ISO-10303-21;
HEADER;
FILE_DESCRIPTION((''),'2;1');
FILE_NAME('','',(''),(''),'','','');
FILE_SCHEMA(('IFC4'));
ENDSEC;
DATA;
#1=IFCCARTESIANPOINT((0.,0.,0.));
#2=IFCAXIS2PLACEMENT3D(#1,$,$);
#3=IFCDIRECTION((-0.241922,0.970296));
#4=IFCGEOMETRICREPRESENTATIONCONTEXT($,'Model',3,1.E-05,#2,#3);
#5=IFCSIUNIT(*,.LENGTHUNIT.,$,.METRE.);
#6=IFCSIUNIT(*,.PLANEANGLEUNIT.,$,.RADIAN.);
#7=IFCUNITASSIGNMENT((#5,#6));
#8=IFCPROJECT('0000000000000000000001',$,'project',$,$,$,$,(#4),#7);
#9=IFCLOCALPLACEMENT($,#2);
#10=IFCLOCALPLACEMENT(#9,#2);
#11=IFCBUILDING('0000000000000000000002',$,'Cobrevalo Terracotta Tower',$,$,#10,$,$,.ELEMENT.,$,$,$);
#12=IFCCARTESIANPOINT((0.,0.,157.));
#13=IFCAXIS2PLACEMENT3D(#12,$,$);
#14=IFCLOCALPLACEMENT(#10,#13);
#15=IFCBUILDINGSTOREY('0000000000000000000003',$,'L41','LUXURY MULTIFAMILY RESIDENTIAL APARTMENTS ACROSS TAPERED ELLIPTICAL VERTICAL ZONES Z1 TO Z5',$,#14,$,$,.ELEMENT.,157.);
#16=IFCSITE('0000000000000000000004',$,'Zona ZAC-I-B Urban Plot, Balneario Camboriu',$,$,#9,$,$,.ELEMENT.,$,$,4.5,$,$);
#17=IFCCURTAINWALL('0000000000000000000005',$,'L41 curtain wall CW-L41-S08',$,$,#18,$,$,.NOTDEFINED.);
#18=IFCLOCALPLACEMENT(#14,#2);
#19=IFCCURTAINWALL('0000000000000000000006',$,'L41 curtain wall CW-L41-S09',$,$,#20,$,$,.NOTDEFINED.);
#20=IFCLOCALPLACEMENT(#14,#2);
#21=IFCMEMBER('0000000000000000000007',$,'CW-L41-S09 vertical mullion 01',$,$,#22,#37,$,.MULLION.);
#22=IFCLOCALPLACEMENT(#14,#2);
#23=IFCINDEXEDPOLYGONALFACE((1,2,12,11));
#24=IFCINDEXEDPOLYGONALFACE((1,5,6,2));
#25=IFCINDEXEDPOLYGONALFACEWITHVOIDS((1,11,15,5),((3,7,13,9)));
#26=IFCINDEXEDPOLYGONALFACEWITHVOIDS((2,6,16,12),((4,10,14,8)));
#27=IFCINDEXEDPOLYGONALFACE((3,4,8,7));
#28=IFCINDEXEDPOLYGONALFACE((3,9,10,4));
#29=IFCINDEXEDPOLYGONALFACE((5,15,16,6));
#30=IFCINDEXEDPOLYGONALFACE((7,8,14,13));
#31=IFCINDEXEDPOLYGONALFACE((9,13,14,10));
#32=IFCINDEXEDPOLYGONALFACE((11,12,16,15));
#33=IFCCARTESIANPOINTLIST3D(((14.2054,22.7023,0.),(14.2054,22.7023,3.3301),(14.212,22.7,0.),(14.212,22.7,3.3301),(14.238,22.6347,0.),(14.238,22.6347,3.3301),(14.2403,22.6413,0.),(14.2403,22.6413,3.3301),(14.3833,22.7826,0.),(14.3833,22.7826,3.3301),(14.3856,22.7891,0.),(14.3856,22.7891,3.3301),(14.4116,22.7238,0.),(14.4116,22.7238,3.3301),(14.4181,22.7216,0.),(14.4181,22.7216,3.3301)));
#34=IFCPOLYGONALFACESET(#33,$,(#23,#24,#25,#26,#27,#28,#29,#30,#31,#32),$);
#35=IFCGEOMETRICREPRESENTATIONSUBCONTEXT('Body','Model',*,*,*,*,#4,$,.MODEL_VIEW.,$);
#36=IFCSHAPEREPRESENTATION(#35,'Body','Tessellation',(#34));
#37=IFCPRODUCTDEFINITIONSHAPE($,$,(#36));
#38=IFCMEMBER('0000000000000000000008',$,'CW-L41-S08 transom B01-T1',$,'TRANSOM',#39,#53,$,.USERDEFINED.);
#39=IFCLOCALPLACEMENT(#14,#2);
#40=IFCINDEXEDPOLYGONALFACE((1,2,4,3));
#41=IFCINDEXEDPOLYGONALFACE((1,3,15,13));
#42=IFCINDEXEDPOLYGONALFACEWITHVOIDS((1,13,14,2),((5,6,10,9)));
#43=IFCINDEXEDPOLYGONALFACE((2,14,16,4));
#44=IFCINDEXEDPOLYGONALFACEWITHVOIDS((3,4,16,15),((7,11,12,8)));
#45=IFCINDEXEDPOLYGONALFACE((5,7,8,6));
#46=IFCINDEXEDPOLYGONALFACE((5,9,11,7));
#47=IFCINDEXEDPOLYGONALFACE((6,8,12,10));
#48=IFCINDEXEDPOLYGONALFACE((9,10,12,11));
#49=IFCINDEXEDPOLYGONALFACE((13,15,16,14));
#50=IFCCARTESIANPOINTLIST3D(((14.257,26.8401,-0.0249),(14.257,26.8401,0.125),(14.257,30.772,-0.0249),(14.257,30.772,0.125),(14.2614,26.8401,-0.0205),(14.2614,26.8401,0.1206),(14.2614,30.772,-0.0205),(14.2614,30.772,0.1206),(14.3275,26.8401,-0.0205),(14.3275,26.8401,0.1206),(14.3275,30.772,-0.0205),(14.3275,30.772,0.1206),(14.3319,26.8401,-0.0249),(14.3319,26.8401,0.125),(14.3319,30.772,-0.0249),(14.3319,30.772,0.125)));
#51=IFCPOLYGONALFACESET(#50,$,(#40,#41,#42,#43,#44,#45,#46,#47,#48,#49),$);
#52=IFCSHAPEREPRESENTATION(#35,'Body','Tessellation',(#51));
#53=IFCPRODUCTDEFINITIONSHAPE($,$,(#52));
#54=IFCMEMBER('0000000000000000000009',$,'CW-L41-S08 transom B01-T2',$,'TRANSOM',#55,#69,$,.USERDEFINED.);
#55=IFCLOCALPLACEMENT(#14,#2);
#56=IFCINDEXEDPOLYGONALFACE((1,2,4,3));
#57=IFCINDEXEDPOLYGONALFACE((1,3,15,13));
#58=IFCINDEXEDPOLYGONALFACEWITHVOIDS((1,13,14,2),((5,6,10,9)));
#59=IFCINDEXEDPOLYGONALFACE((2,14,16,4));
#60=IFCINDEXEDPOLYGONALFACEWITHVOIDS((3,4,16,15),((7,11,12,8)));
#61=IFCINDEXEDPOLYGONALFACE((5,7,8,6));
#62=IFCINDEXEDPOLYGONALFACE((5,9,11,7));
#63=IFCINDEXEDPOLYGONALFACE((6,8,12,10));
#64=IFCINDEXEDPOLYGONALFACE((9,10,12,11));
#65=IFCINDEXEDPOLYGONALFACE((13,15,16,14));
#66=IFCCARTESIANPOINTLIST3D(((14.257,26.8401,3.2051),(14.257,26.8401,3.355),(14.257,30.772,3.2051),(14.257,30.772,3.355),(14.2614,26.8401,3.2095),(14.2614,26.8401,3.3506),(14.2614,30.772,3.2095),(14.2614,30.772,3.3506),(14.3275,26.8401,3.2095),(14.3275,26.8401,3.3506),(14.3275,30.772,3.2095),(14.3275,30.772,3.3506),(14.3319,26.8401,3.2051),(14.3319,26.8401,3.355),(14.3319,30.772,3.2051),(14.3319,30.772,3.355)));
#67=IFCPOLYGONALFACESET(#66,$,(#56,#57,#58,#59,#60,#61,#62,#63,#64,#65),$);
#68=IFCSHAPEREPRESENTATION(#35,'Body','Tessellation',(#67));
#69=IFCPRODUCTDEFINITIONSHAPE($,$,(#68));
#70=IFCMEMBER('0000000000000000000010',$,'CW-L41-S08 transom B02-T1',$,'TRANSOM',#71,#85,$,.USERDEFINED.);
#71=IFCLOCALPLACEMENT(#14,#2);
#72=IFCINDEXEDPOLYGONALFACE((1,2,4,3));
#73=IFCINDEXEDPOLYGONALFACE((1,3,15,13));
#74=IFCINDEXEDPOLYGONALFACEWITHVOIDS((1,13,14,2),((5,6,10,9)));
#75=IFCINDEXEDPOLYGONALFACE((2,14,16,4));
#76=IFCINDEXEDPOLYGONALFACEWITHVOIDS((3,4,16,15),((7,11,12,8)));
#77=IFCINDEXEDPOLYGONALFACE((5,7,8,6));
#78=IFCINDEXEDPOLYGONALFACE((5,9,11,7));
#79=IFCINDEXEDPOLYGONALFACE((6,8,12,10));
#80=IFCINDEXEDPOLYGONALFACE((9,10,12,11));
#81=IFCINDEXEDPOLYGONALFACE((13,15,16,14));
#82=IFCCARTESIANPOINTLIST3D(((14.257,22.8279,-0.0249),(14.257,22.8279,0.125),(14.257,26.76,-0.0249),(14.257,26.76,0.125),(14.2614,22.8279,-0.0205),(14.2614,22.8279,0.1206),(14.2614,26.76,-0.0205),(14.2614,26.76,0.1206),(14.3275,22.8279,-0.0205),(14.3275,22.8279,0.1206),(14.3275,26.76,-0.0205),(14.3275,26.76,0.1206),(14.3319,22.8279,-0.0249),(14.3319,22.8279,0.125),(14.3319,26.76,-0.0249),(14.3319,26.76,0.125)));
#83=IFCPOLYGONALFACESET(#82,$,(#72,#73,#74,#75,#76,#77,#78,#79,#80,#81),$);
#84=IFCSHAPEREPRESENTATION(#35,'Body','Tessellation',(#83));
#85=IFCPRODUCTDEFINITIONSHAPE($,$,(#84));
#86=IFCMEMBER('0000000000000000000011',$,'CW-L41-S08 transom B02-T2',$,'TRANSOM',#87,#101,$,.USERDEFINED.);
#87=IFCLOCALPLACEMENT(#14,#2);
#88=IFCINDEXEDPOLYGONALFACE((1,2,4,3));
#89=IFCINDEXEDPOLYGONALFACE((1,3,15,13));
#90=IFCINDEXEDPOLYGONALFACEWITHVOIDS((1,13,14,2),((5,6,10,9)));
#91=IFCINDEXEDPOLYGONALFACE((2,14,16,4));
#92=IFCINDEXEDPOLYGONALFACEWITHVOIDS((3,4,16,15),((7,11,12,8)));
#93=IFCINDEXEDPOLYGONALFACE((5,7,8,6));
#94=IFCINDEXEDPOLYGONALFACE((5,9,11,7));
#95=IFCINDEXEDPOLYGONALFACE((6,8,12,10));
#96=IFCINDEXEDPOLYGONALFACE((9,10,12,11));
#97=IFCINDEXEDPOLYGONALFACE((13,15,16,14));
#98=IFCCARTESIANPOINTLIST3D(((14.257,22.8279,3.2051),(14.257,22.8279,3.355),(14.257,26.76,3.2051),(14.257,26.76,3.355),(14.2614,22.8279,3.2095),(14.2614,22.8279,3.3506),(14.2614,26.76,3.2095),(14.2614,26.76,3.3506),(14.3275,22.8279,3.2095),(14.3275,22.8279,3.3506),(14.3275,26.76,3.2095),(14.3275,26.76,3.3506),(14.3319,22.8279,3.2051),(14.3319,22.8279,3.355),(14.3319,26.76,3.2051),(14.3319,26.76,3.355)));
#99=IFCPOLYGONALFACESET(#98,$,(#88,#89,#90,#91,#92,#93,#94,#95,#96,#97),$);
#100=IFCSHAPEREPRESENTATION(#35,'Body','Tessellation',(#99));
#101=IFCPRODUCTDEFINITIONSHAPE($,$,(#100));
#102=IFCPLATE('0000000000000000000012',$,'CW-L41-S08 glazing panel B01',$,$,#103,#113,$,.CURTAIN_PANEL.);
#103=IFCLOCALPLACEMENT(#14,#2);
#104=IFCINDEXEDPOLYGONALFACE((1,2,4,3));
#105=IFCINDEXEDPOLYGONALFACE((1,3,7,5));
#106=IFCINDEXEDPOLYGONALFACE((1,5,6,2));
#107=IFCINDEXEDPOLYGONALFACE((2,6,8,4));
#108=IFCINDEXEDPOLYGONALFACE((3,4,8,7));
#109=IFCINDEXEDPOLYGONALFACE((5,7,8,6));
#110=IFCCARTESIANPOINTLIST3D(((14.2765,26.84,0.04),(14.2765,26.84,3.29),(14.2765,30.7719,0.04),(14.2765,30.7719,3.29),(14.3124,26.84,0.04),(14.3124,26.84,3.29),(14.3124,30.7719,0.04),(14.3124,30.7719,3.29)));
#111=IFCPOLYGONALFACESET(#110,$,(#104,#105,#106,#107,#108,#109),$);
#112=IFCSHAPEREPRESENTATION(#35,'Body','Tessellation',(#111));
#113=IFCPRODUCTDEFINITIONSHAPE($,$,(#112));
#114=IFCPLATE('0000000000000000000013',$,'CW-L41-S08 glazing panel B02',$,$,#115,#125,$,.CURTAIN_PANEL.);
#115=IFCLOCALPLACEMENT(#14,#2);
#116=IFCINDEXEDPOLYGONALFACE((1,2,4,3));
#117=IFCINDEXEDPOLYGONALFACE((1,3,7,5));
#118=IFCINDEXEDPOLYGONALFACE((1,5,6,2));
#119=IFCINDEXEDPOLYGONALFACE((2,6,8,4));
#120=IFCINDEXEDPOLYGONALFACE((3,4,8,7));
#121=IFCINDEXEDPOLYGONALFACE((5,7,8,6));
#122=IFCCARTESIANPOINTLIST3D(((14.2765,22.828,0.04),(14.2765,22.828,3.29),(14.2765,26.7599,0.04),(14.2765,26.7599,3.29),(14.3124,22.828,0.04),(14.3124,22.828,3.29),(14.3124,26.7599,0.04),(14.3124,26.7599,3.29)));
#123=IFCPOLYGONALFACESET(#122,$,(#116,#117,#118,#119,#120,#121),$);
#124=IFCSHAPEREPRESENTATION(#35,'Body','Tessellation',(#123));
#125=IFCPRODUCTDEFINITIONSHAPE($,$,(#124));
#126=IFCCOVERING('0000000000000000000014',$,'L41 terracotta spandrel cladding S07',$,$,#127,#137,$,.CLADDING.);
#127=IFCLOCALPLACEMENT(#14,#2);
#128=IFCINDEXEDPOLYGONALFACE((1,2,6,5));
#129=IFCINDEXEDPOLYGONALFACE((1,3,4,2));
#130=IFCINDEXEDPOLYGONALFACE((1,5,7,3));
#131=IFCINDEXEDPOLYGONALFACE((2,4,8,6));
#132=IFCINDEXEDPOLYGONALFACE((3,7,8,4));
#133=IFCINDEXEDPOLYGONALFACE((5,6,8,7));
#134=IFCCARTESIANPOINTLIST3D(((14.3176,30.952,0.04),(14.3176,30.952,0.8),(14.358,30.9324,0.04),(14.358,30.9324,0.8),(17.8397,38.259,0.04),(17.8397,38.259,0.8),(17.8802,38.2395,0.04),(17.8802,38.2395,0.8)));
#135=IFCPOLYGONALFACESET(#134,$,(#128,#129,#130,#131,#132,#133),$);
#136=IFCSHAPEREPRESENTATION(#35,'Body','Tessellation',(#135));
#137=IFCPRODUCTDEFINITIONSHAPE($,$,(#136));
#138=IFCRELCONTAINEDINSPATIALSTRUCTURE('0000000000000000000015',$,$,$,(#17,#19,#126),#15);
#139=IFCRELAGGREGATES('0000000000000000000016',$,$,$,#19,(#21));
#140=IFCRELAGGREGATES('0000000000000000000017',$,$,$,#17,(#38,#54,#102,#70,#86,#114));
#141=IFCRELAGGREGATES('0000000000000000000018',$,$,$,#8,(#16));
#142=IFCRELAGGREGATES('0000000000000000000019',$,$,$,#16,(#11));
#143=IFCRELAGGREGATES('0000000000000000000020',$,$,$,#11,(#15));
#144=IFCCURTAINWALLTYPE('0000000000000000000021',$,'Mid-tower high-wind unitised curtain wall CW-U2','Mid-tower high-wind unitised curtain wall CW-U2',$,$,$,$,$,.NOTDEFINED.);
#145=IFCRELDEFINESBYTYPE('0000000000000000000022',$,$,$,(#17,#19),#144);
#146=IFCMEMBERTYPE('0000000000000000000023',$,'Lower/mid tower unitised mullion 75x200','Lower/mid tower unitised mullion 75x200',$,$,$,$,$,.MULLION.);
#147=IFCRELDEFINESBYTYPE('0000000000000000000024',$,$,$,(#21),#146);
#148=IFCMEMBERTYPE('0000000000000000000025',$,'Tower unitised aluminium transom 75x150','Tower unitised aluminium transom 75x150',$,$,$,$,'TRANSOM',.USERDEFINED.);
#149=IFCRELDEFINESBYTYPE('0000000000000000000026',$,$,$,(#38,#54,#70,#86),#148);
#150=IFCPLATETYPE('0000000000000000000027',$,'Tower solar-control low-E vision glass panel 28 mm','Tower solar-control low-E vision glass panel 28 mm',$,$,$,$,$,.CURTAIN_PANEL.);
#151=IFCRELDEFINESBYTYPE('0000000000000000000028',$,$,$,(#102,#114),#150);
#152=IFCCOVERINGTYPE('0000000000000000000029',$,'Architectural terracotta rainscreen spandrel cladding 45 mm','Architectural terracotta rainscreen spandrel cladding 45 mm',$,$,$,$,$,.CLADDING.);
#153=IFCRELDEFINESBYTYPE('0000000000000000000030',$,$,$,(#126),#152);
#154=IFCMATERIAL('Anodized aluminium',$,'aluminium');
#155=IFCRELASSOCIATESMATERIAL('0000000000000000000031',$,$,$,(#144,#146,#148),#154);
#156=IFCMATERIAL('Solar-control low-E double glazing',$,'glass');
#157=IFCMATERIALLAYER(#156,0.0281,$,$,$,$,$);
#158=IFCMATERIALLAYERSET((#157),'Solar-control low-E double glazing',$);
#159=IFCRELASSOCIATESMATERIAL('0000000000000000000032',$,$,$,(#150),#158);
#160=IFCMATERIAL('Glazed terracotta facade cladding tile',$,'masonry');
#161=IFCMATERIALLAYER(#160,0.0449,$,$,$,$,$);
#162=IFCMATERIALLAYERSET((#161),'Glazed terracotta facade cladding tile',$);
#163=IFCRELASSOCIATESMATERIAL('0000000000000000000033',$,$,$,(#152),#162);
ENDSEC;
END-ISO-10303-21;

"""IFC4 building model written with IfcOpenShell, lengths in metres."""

from ifc_helpers import new_model, si_unit, direction, frame, origin, origin_2d, place, context, subcontext, project, spatial, rectangle, hollow_rectangle, extrude, source, transform, mapped, material, layer, layer_set, material_profile, profile_set, type_object, element, aggregate, save


model = new_model("IFC4")

# Units and contexts
model_context = context("Model", 3, precision=1e-05, world=origin(), true_north=direction((-0.241922, 0.970296)))
body_context = subcontext(model_context, "Body", "Model", "MODEL_VIEW")
ifc_project = project(units=[si_unit("LENGTHUNIT", "METRE"), si_unit("PLANEANGLEUNIT", "RADIAN")], contexts=[model_context])

# Site, building, storey
site_placement = place(None, origin())
site = spatial("IfcSite", under=ifc_project, at=site_placement, Name="Zona ZAC-I-B Urban Plot, Balneario Camboriu", CompositionType="ELEMENT", RefElevation=4.5)
building_placement = place(site_placement, origin())
building = spatial("IfcBuilding", under=site, at=building_placement, Name="Cobrevalo Terracotta Tower", CompositionType="ELEMENT")
storey_placement = place(building_placement, frame((0.0, 0.0, 157.0)))
storey = spatial("IfcBuildingStorey", under=building, at=storey_placement, Name="L41", Description="LUXURY MULTIFAMILY RESIDENTIAL APARTMENTS ACROSS TAPERED ELLIPTICAL VERTICAL ZONES Z1 TO Z5", CompositionType="ELEMENT", Elevation=157.0)

# Curtain wall
ifc_material_1 = material(Name="Anodized aluminium", Category="aluminium")
curtain_wall_type = type_object("IfcCurtainWallType", Name="Mid-tower high-wind unitised curtain wall CW-U2", Description="Mid-tower high-wind unitised curtain wall CW-U2", PredefinedType="NOTDEFINED", material=ifc_material_1)
curtain_wall_1_placement = place(storey_placement, origin())
curtain_wall_1 = element("IfcCurtainWall", 1, at=curtain_wall_1_placement, inside=storey, type_object=curtain_wall_type, Name="L41 curtain wall CW-L41-S08", PredefinedType="NOTDEFINED")
ifc_material_profile_1 = material_profile(ifc_material_1, hollow_rectangle(XDim=0.075, YDim=0.2, WallThickness=0.0049, at=origin_2d()), Name="CWM 75x200")
ifc_profile_set_1 = profile_set([ifc_material_profile_1], Name="Anodized aluminium")
member_type_1 = type_object("IfcMemberType", Name="Lower/mid tower unitised mullion 75x200", Description="Lower/mid tower unitised mullion 75x200", PredefinedType="MULLION", material=ifc_profile_set_1)
shared_shape_1 = source(origin(), body_context, "Body", "SweptSolid", [
    extrude(hollow_rectangle(XDim=0.075, YDim=0.2, WallThickness=0.0049, at=origin_2d()), origin(), (0.0, 0.0, 1.0), 3.3301),
])

# Curtain wall, member
curtain_wall_2_placement = place(storey_placement, origin())
curtain_wall_2 = element("IfcCurtainWall", 2, at=curtain_wall_2_placement, inside=storey, type_object=curtain_wall_type, Name="L41 curtain wall CW-L41-S09", PredefinedType="NOTDEFINED")
member_1_placement = place(storey_placement, frame((14.3118, 22.7119, 0.0), z_axis=(0.0, 0.0, 1.0), x_axis=(0.434209, -0.900812, 0.0)))
member_1 = element("IfcMember", 3, at=member_1_placement, type_object=member_type_1, Name="CW-L41-S09 vertical mullion 01", PredefinedType="MULLION", context=body_context, shape_type="MappedRepresentation", body=[
    mapped(shared_shape_1, transform((0.0, 0.0, 0.0), scale=1.0)),
])
aggregate(curtain_wall_2, [member_1])

# Members
ifc_material_profile_2 = material_profile(ifc_material_1, hollow_rectangle(XDim=0.075, YDim=0.1499, WallThickness=0.0044, at=origin_2d()), Name="CWT 75x150")
ifc_profile_set_2 = profile_set([ifc_material_profile_2], Name="Anodized aluminium")
member_type_2 = type_object("IfcMemberType", Name="Tower unitised aluminium transom 75x150", Description="Tower unitised aluminium transom 75x150", ElementType="TRANSOM", PredefinedType="USERDEFINED", material=ifc_profile_set_2)
shared_shape_2 = source(origin(), body_context, "Body", "SweptSolid", [
    extrude(hollow_rectangle(XDim=0.075, YDim=0.1499, WallThickness=0.0044, at=origin_2d()), origin(), (0.0, 0.0, 1.0), 3.9319),
])
member_2_placement = place(storey_placement, frame((14.2944, 30.772, 0.05), z_axis=(0.0, -1.0, 0.0), x_axis=(1.0, 0.0, 0.0)))
member_2 = element("IfcMember", 4, at=member_2_placement, type_object=member_type_2, Name="CW-L41-S08 transom B01-T1", ObjectType="TRANSOM", PredefinedType="USERDEFINED", context=body_context, shape_type="MappedRepresentation", body=[
    mapped(shared_shape_2, transform((0.0, 0.0, 0.0), scale=1.0)),
])
member_3_placement = place(storey_placement, frame((14.2944, 30.772, 3.28), z_axis=(0.0, -1.0, 0.0), x_axis=(1.0, 0.0, 0.0)))
member_3 = element("IfcMember", 5, at=member_3_placement, type_object=member_type_2, Name="CW-L41-S08 transom B01-T2", ObjectType="TRANSOM", PredefinedType="USERDEFINED", context=body_context, shape_type="MappedRepresentation", body=[
    mapped(shared_shape_2, transform((0.0, 0.0, 0.0), scale=1.0)),
])
shared_shape_3 = source(origin(), body_context, "Body", "SweptSolid", [
    extrude(hollow_rectangle(XDim=0.075, YDim=0.1499, WallThickness=0.0044, at=origin_2d()), origin(), (0.0, 0.0, 1.0), 3.9321),
])
member_4_placement = place(storey_placement, frame((14.2944, 26.76, 0.05), z_axis=(0.0, -1.0, 0.0), x_axis=(1.0, 0.0, 0.0)))
member_4 = element("IfcMember", 6, at=member_4_placement, type_object=member_type_2, Name="CW-L41-S08 transom B02-T1", ObjectType="TRANSOM", PredefinedType="USERDEFINED", context=body_context, shape_type="MappedRepresentation", body=[
    mapped(shared_shape_3, transform((0.0, 0.0, 0.0), scale=1.0)),
])
member_5_placement = place(storey_placement, frame((14.2944, 26.76, 3.28), z_axis=(0.0, -1.0, 0.0), x_axis=(1.0, 0.0, 0.0)))
member_5 = element("IfcMember", 7, at=member_5_placement, type_object=member_type_2, Name="CW-L41-S08 transom B02-T2", ObjectType="TRANSOM", PredefinedType="USERDEFINED", context=body_context, shape_type="MappedRepresentation", body=[
    mapped(shared_shape_3, transform((0.0, 0.0, 0.0), scale=1.0)),
])

# Plates
ifc_material_2 = material(Name="Solar-control low-E double glazing", Category="glass")
ifc_layer_1 = layer(ifc_material_2, 0.0281)
ifc_layer_set_1 = layer_set([ifc_layer_1], Name="Solar-control low-E double glazing")
plate_type = type_object("IfcPlateType", Name="Tower solar-control low-E vision glass panel 28 mm", Description="Tower solar-control low-E vision glass panel 28 mm", PredefinedType="CURTAIN_PANEL", material=ifc_layer_set_1)
shared_shape_4 = source(origin(), body_context, "Body", "SweptSolid", [
    extrude(rectangle(XDim=3.9319, YDim=0.0359, at=origin_2d()), origin(), (0.0, 0.0, 1.0), 3.25),
])
plate_1_placement = place(storey_placement, frame((14.2944, 28.8059, 0.04), z_axis=(0.0, 0.0, 1.0), x_axis=(0.0, -1.0, 0.0)))
plate_1 = element("IfcPlate", 8, at=plate_1_placement, type_object=plate_type, Name="CW-L41-S08 glazing panel B01", PredefinedType="CURTAIN_PANEL", context=body_context, shape_type="MappedRepresentation", body=[
    mapped(shared_shape_4, transform((0.0, 0.0, 0.0), scale=1.0)),
])
plate_2_placement = place(storey_placement, frame((14.2944, 24.7939, 0.04), z_axis=(0.0, 0.0, 1.0), x_axis=(0.0, -1.0, 0.0)))
plate_2 = element("IfcPlate", 9, at=plate_2_placement, type_object=plate_type, Name="CW-L41-S08 glazing panel B02", PredefinedType="CURTAIN_PANEL", context=body_context, shape_type="MappedRepresentation", body=[
    mapped(shared_shape_4, transform((0.0, 0.0, 0.0), scale=1.0)),
])
aggregate(curtain_wall_1, [member_2, member_3, plate_1, member_4, member_5, plate_2])

# Covering
ifc_material_3 = material(Name="Glazed terracotta facade cladding tile", Category="masonry")
ifc_layer_2 = layer(ifc_material_3, 0.0449)
ifc_layer_set_2 = layer_set([ifc_layer_2], Name="Glazed terracotta facade cladding tile")
covering_type = type_object("IfcCoveringType", Name="Architectural terracotta rainscreen spandrel cladding 45 mm", Description="Architectural terracotta rainscreen spandrel cladding 45 mm", PredefinedType="CLADDING", material=ifc_layer_set_2)
shared_shape_5 = source(origin(), body_context, "Body", "SweptSolid", [
    extrude(rectangle(XDim=8.1116, YDim=0.0449, at=origin_2d()), origin(), (0.0, 0.0, 1.0), 0.76),
])
covering_placement = place(storey_placement, frame((16.0989, 34.5957, 0.04), z_axis=(0.0, 0.0, 1.0), x_axis=(-0.434209, -0.900812, 0.0)))
element("IfcCovering", 10, at=covering_placement, inside=storey, type_object=covering_type, Name="L41 terracotta spandrel cladding S07", PredefinedType="CLADDING", context=body_context, shape_type="MappedRepresentation", body=[
    mapped(shared_shape_5, transform((0.0, 0.0, 0.0), scale=1.0)),
])

save(model, "model.ifc")
